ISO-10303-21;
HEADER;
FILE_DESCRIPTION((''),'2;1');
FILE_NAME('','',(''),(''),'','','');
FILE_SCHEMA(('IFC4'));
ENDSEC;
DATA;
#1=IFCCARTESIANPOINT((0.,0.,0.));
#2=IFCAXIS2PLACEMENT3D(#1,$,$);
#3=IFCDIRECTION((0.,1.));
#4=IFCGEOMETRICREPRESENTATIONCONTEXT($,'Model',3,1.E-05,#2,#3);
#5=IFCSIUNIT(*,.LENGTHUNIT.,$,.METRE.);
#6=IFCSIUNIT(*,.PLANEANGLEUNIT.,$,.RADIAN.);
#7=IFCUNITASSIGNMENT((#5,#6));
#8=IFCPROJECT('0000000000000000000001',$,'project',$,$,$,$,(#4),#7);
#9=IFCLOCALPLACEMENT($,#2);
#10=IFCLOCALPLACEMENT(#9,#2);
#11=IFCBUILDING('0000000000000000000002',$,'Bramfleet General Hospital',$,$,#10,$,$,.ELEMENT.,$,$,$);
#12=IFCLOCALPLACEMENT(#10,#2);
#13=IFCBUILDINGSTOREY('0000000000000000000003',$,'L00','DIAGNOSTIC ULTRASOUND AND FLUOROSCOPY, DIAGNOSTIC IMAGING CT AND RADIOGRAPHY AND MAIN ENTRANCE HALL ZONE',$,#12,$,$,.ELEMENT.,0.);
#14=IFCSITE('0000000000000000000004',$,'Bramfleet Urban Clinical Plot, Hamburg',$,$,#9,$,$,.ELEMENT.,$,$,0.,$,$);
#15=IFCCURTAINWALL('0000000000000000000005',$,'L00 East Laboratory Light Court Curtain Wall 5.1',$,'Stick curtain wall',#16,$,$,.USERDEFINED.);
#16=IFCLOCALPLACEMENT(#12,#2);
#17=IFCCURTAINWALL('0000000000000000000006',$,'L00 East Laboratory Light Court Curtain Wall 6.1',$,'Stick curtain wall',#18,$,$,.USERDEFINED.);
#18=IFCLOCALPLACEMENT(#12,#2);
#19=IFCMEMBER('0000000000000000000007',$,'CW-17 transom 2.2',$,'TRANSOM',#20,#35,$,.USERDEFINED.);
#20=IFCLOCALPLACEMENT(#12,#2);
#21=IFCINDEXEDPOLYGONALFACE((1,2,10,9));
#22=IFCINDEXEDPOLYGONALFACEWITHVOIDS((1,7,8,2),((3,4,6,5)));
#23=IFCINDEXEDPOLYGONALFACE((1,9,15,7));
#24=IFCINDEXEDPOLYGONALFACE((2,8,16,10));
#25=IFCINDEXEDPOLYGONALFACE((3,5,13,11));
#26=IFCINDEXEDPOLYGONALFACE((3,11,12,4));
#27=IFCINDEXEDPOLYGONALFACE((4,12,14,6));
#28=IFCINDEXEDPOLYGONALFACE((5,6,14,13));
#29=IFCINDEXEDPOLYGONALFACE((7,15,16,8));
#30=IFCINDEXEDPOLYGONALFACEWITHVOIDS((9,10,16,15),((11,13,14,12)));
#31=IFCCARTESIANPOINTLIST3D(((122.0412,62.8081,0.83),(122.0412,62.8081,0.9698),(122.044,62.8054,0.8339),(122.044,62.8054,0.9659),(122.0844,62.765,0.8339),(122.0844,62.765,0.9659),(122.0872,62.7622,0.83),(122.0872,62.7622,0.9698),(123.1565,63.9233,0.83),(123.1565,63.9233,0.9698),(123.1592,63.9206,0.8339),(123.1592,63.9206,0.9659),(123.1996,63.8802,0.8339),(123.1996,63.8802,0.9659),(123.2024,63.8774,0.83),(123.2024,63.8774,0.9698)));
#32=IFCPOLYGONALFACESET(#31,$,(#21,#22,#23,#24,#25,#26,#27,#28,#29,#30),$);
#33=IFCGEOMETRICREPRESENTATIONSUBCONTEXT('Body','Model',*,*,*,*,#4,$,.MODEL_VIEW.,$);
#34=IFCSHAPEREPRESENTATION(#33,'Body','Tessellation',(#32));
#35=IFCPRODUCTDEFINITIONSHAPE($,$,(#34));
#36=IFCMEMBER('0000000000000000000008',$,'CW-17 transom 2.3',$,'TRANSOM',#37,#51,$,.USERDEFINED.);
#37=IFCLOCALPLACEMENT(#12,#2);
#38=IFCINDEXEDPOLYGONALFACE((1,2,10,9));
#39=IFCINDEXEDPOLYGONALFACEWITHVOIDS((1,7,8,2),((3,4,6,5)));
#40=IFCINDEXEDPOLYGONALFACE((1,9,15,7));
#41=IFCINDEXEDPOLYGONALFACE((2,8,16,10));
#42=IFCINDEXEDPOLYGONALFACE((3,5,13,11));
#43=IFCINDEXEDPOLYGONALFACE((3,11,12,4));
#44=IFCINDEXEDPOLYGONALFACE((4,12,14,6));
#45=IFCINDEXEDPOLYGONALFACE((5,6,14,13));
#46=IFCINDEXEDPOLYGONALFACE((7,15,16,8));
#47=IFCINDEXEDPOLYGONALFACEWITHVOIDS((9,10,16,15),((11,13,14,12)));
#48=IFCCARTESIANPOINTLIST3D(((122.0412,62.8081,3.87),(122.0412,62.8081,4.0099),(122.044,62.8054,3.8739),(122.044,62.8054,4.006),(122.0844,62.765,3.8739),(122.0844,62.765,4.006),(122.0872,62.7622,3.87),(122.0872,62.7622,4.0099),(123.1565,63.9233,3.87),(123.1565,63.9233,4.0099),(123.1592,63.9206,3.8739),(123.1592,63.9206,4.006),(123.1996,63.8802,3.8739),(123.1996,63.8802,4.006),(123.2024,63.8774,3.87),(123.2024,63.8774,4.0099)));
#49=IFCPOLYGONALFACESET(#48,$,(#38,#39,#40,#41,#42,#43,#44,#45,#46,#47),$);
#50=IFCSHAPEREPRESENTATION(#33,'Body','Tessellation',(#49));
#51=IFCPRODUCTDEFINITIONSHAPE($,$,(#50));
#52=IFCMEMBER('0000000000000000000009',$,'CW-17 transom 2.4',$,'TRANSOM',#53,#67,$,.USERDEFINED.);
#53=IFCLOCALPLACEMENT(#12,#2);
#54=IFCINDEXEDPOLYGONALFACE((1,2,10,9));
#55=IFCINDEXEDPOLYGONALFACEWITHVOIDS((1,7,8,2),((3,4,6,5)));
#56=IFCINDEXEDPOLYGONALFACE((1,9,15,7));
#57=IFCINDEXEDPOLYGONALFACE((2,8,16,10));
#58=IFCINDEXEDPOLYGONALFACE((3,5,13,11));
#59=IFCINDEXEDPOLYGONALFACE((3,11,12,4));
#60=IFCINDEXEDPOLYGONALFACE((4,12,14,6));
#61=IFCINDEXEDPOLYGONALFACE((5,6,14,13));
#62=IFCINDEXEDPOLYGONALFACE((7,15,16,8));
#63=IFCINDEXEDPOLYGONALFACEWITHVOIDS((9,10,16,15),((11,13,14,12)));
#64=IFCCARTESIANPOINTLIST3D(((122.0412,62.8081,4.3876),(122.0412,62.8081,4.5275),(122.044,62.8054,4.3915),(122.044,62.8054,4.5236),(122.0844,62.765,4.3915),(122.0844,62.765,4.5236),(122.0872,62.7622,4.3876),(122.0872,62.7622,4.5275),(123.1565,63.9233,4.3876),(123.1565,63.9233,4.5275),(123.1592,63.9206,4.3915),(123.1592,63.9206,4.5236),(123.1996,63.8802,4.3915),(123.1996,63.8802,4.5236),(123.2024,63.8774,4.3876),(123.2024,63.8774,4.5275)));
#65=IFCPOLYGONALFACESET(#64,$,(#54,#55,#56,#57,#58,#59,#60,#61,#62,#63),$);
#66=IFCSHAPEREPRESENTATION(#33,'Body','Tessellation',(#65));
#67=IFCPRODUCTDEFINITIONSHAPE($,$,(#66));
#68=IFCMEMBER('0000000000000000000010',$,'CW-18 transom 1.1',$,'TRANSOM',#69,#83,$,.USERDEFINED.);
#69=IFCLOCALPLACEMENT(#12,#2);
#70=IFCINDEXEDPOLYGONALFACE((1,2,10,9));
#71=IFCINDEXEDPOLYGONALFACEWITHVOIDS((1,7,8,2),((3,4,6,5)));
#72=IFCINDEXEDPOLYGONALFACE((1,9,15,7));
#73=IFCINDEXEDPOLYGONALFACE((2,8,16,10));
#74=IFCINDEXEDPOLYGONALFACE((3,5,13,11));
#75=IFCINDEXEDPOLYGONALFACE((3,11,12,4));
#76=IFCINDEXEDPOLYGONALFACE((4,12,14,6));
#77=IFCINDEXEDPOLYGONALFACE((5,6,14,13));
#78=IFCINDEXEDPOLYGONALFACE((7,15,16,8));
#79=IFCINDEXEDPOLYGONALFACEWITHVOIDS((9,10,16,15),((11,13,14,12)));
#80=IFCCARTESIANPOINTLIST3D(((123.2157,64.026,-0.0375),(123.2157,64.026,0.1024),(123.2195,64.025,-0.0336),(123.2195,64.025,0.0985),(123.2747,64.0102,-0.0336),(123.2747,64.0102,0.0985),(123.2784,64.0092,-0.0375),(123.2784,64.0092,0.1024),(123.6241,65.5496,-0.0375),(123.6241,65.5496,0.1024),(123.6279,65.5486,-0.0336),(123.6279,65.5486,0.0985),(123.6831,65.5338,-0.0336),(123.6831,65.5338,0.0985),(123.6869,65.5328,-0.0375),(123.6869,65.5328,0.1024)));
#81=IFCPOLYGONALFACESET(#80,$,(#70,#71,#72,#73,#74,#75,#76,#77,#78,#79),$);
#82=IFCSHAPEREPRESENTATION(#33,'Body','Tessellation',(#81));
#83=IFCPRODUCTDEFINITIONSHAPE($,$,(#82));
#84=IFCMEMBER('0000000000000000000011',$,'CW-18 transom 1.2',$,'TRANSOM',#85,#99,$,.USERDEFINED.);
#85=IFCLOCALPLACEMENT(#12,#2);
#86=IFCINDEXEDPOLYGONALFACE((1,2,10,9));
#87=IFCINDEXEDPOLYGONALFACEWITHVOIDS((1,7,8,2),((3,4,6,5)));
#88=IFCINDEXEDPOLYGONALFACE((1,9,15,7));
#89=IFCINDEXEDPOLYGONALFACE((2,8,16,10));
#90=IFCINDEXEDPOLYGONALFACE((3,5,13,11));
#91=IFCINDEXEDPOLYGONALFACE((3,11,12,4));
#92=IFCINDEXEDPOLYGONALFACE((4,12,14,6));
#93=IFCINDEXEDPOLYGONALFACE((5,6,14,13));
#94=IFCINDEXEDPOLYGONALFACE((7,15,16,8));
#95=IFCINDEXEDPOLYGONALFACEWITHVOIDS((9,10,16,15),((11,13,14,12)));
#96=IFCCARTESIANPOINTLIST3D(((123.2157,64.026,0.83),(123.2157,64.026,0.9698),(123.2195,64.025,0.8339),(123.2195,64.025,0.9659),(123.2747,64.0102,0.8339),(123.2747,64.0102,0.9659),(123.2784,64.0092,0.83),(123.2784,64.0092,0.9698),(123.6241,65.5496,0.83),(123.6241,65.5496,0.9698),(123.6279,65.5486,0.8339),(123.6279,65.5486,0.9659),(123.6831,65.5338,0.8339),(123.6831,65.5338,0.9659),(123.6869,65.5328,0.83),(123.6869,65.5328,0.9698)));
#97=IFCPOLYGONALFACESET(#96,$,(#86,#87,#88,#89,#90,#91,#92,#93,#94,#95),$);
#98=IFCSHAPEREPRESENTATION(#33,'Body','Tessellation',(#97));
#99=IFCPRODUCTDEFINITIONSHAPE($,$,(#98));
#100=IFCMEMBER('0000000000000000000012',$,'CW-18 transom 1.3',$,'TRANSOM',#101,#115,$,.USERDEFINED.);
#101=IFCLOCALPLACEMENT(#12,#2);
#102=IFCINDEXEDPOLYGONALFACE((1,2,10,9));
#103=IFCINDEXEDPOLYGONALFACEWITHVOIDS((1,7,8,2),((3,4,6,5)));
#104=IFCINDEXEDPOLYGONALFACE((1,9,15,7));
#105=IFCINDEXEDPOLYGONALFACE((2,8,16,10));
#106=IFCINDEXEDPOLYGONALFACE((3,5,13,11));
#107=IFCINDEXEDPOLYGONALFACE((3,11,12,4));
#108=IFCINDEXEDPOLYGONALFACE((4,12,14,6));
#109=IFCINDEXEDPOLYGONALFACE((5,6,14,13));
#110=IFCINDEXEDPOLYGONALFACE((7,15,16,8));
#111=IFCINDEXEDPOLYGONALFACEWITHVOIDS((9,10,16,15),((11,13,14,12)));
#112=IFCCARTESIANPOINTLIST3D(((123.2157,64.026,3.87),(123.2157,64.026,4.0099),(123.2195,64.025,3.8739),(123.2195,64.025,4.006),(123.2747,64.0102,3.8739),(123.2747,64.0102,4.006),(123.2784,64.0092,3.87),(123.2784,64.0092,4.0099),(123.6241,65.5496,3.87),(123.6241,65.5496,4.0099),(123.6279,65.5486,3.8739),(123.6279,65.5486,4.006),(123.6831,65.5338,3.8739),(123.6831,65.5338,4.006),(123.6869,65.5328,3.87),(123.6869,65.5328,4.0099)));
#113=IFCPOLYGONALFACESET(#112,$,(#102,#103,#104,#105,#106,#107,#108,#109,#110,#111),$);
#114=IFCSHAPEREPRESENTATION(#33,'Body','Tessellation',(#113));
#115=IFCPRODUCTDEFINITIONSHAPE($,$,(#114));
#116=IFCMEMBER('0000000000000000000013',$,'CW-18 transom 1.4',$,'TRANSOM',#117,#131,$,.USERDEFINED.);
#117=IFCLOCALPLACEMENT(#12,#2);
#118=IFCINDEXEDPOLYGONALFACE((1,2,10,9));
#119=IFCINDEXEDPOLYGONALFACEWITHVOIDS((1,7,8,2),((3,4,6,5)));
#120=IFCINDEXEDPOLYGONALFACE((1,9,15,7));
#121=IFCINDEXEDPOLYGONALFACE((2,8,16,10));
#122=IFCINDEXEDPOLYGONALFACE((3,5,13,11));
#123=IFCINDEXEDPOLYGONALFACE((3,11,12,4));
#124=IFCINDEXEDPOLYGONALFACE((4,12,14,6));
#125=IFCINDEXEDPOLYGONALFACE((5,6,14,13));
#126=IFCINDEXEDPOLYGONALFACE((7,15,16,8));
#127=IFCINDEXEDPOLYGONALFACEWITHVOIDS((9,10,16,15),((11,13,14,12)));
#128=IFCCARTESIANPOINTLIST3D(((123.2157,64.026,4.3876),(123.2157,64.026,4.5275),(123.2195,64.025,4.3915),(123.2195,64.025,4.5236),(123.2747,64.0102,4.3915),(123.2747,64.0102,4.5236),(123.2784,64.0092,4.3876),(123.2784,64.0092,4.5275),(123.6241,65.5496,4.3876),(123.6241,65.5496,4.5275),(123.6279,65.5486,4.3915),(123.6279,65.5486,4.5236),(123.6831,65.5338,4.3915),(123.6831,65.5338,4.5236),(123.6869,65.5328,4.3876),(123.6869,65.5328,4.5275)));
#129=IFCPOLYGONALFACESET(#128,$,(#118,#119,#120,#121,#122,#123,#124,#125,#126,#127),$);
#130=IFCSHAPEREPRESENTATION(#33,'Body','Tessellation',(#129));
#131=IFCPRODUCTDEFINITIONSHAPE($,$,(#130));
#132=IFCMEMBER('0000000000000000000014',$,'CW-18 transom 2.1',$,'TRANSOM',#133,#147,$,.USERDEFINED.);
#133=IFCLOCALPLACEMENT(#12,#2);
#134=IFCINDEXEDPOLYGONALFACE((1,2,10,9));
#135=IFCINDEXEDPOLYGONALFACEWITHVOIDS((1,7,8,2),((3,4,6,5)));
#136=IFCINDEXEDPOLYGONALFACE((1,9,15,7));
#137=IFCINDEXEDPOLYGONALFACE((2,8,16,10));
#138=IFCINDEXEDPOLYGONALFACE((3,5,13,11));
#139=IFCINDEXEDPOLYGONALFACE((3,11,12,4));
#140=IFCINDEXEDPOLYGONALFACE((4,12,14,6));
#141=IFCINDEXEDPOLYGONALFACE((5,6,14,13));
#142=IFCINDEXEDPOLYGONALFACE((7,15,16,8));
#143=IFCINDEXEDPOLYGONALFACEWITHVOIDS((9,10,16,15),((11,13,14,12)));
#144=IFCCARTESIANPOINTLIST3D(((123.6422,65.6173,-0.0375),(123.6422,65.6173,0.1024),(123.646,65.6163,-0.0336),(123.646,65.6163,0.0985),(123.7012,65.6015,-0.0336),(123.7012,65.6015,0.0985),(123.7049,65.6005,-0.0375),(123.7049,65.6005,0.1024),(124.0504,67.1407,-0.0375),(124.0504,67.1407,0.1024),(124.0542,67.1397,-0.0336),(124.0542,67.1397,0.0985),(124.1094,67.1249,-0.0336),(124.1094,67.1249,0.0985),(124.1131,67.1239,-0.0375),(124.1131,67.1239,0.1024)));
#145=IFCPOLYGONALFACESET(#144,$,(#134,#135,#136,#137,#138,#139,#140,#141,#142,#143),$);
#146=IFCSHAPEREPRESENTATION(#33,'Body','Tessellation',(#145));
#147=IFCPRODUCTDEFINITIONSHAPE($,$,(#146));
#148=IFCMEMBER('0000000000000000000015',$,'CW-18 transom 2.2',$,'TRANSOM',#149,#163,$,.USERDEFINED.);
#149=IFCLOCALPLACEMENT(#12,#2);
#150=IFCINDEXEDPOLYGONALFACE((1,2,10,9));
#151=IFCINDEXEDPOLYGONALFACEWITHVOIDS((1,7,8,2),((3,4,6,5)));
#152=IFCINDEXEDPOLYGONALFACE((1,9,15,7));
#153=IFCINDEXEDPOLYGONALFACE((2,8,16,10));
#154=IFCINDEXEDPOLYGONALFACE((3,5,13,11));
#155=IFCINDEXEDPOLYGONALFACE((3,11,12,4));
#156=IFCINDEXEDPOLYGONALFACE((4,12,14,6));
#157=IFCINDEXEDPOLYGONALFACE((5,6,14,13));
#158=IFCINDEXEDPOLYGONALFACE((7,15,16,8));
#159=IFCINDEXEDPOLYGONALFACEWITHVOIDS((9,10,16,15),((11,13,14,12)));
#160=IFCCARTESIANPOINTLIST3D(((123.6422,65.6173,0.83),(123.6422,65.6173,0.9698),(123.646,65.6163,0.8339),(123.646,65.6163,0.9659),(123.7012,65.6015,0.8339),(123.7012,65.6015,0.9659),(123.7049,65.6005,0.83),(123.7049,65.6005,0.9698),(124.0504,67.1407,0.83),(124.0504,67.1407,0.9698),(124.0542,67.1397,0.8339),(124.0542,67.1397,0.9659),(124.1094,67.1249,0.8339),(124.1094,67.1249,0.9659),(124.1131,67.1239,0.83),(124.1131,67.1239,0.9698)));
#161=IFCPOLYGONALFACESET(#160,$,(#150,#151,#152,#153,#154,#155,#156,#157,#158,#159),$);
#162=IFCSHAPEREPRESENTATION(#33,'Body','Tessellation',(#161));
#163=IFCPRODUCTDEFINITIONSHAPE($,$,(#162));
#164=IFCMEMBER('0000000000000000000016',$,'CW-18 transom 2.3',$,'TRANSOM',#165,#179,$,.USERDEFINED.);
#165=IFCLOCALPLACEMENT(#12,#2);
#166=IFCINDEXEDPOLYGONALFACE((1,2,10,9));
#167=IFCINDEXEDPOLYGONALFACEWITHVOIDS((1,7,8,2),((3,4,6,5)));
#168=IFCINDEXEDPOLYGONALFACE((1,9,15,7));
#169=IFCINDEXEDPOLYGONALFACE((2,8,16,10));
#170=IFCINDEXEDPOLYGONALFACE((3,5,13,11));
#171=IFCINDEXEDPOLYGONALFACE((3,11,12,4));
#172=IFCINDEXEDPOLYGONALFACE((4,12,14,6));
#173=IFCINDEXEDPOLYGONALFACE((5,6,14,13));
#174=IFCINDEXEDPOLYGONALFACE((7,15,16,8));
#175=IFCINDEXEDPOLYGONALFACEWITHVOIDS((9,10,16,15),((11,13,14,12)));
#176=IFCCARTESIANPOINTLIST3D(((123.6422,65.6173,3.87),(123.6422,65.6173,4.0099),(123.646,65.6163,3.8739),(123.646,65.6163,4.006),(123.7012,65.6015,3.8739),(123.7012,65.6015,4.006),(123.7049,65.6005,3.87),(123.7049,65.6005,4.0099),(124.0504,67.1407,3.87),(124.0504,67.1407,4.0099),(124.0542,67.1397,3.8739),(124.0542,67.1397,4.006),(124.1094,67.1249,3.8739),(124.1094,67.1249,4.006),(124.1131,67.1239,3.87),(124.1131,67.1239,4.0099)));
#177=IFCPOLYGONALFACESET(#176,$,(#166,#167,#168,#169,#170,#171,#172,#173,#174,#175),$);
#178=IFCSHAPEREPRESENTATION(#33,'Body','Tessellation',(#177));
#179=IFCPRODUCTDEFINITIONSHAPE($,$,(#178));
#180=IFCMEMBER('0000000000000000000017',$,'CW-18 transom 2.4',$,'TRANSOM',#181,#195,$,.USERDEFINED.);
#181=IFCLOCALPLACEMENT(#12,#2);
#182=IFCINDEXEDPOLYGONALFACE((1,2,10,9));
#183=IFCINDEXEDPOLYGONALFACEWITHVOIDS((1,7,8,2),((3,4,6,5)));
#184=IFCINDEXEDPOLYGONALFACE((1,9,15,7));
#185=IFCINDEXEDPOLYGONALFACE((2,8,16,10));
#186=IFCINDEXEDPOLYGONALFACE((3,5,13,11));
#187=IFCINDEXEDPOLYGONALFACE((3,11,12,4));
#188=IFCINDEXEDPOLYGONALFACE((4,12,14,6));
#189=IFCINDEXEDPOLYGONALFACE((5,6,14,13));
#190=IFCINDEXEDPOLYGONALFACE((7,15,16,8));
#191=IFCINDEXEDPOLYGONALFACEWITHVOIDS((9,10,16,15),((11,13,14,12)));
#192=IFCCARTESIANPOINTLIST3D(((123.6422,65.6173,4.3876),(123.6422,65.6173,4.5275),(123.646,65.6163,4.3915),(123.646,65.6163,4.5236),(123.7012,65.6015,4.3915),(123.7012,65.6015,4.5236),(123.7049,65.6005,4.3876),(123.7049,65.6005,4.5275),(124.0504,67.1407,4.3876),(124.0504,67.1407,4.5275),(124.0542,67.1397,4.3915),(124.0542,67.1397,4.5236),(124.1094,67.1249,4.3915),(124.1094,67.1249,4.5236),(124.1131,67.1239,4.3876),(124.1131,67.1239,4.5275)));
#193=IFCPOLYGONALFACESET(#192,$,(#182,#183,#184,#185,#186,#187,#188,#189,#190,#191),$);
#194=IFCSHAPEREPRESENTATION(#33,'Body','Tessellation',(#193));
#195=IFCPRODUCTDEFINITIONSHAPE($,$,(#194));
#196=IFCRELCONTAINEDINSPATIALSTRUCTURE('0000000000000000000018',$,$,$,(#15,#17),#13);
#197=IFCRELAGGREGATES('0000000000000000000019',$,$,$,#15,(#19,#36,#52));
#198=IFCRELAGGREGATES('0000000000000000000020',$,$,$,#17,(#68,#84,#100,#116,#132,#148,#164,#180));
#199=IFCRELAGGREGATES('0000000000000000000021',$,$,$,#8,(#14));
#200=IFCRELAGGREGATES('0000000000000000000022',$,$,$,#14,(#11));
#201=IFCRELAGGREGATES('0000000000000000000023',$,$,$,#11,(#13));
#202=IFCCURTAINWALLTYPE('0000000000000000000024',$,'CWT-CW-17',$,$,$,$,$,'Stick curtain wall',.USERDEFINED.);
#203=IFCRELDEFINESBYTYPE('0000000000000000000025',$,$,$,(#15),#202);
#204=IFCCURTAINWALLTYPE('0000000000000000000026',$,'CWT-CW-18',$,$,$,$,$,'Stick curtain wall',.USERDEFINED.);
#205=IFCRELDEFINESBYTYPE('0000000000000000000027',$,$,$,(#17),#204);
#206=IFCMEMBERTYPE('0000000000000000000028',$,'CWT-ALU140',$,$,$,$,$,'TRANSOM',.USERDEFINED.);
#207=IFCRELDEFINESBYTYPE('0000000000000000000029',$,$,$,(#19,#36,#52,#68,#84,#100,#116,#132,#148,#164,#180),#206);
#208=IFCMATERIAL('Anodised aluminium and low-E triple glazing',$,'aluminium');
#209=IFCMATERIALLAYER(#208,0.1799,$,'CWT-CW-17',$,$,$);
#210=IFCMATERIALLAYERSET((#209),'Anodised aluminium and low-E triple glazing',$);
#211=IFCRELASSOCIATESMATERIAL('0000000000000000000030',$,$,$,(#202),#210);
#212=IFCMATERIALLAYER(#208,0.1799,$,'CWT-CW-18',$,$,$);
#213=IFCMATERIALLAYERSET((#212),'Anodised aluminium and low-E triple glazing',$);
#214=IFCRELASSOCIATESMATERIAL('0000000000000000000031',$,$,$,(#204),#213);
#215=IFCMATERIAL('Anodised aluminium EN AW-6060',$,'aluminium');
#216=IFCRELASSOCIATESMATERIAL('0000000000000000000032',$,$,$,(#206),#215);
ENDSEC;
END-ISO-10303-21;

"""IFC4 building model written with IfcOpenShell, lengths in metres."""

from ifc_helpers import new_model, si_unit, direction, frame, origin, origin_2d, place, context, subcontext, project, spatial, hollow_rectangle, extrude, material, layer, layer_set, material_profile, profile_set, type_object, element, aggregate, save


model = new_model("IFC4")

# Units and contexts
model_context = context("Model", 3, precision=1e-05, world=origin(), true_north=direction((0.0, 1.0)))
body_context = subcontext(model_context, "Body", "Model", "MODEL_VIEW")
ifc_project = project(units=[si_unit("LENGTHUNIT", "METRE"), si_unit("PLANEANGLEUNIT", "RADIAN")], contexts=[model_context])

# Site, building, storey
site_placement = place(None, origin())
site = spatial("IfcSite", under=ifc_project, at=site_placement, Name="Bramfleet Urban Clinical Plot, Hamburg", CompositionType="ELEMENT", RefElevation=0.0)
building_placement = place(site_placement, origin())
building = spatial("IfcBuilding", under=site, at=building_placement, Name="Bramfleet General Hospital", CompositionType="ELEMENT")
storey_placement = place(building_placement, origin())
storey = spatial("IfcBuildingStorey", under=building, at=storey_placement, Name="L00", Description="DIAGNOSTIC ULTRASOUND AND FLUOROSCOPY, DIAGNOSTIC IMAGING CT AND RADIOGRAPHY AND MAIN ENTRANCE HALL ZONE", CompositionType="ELEMENT", Elevation=0.0)

# Curtain walls
ifc_material_1 = material(Name="Anodised aluminium and low-E triple glazing", Category="aluminium")
ifc_layer_1 = layer(ifc_material_1, 0.1799, Name="CWT-CW-17")
ifc_layer_set_1 = layer_set([ifc_layer_1], Name="Anodised aluminium and low-E triple glazing")
curtain_wall_type_1 = type_object("IfcCurtainWallType", Name="CWT-CW-17", ElementType="Stick curtain wall", PredefinedType="USERDEFINED", material=ifc_layer_set_1)
curtain_wall_1_placement = place(storey_placement, origin())
curtain_wall_1 = element("IfcCurtainWall", 1, at=curtain_wall_1_placement, inside=storey, type_object=curtain_wall_type_1, Name="L00 East Laboratory Light Court Curtain Wall 5.1", ObjectType="Stick curtain wall", PredefinedType="USERDEFINED")
ifc_material_2 = material(Name="Anodised aluminium EN AW-6060", Category="aluminium")
ifc_layer_2 = layer(ifc_material_1, 0.1799, Name="CWT-CW-18")
ifc_layer_set_2 = layer_set([ifc_layer_2], Name="Anodised aluminium and low-E triple glazing")
curtain_wall_type_2 = type_object("IfcCurtainWallType", Name="CWT-CW-18", ElementType="Stick curtain wall", PredefinedType="USERDEFINED", material=ifc_layer_set_2)
curtain_wall_2_placement = place(storey_placement, origin())
curtain_wall_2 = element("IfcCurtainWall", 2, at=curtain_wall_2_placement, inside=storey, type_object=curtain_wall_type_2, Name="L00 East Laboratory Light Court Curtain Wall 6.1", ObjectType="Stick curtain wall", PredefinedType="USERDEFINED")

# Members
ifc_material_profile_1 = material_profile(ifc_material_2, hollow_rectangle(XDim=0.0649, YDim=0.1399, WallThickness=0.0039, at=origin_2d()), Name="ALU 140x65x4.0")
ifc_profile_set_1 = profile_set([ifc_material_profile_1], Name="Anodised aluminium EN AW-6060")
member_type_1 = type_object("IfcMemberType", Name="CWT-ALU140", ElementType="TRANSOM", PredefinedType="USERDEFINED", material=ifc_profile_set_1)
member_1_placement = place(storey_placement, frame((122.0642, 62.7852, 0.8999), z_axis=(0.707107, 0.707107, 0.0), x_axis=(-0.707107, 0.707107, 0.0)))
member_1 = element("IfcMember", 3, at=member_1_placement, type_object=member_type_1, Name="CW-17 transom 2.2", ObjectType="TRANSOM", PredefinedType="USERDEFINED", context=body_context, shape_type="SweptSolid", body=[
    extrude(hollow_rectangle(XDim=0.0649, YDim=0.1399, WallThickness=0.0039, at=origin_2d()), origin(), (0.0, 0.0, 1.0), 1.5771),
])
member_2_placement = place(storey_placement, frame((122.0642, 62.7852, 3.9399), z_axis=(0.707107, 0.707107, 0.0), x_axis=(-0.707107, 0.707107, 0.0)))
member_2 = element("IfcMember", 4, at=member_2_placement, type_object=member_type_1, Name="CW-17 transom 2.3", ObjectType="TRANSOM", PredefinedType="USERDEFINED", context=body_context, shape_type="SweptSolid", body=[
    extrude(hollow_rectangle(XDim=0.0649, YDim=0.1399, WallThickness=0.0039, at=origin_2d()), origin(), (0.0, 0.0, 1.0), 1.5771),
])
member_3_placement = place(storey_placement, frame((122.0642, 62.7852, 4.4575), z_axis=(0.707107, 0.707107, 0.0), x_axis=(-0.707107, 0.707107, 0.0)))
member_3 = element("IfcMember", 5, at=member_3_placement, type_object=member_type_1, Name="CW-17 transom 2.4", ObjectType="TRANSOM", PredefinedType="USERDEFINED", context=body_context, shape_type="SweptSolid", body=[
    extrude(hollow_rectangle(XDim=0.0649, YDim=0.1399, WallThickness=0.0039, at=origin_2d()), origin(), (0.0, 0.0, 1.0), 1.5771),
])
member_4_placement = place(storey_placement, frame((123.2471, 64.0176, 0.0325), z_axis=(0.258924, 0.965898, 0.0), x_axis=(-0.965898, 0.258924, 0.0)))
member_4 = element("IfcMember", 6, at=member_4_placement, type_object=member_type_1, Name="CW-18 transom 1.1", ObjectType="TRANSOM", PredefinedType="USERDEFINED", context=body_context, shape_type="SweptSolid", body=[
    extrude(hollow_rectangle(XDim=0.0649, YDim=0.1399, WallThickness=0.0039, at=origin_2d()), origin(), (0.0, 0.0, 1.0), 1.5774),
])
member_5_placement = place(storey_placement, frame((123.2471, 64.0176, 0.8999), z_axis=(0.258924, 0.965898, 0.0), x_axis=(-0.965898, 0.258924, 0.0)))
member_5 = element("IfcMember", 7, at=member_5_placement, type_object=member_type_1, Name="CW-18 transom 1.2", ObjectType="TRANSOM", PredefinedType="USERDEFINED", context=body_context, shape_type="SweptSolid", body=[
    extrude(hollow_rectangle(XDim=0.0649, YDim=0.1399, WallThickness=0.0039, at=origin_2d()), origin(), (0.0, 0.0, 1.0), 1.5774),
])
member_6_placement = place(storey_placement, frame((123.2471, 64.0176, 3.9399), z_axis=(0.258924, 0.965898, 0.0), x_axis=(-0.965898, 0.258924, 0.0)))
member_6 = element("IfcMember", 8, at=member_6_placement, type_object=member_type_1, Name="CW-18 transom 1.3", ObjectType="TRANSOM", PredefinedType="USERDEFINED", context=body_context, shape_type="SweptSolid", body=[
    extrude(hollow_rectangle(XDim=0.0649, YDim=0.1399, WallThickness=0.0039, at=origin_2d()), origin(), (0.0, 0.0, 1.0), 1.5774),
])
member_7_placement = place(storey_placement, frame((123.2471, 64.0176, 4.4575), z_axis=(0.258924, 0.965898, 0.0), x_axis=(-0.965898, 0.258924, 0.0)))
member_7 = element("IfcMember", 9, at=member_7_placement, type_object=member_type_1, Name="CW-18 transom 1.4", ObjectType="TRANSOM", PredefinedType="USERDEFINED", context=body_context, shape_type="SweptSolid", body=[
    extrude(hollow_rectangle(XDim=0.0649, YDim=0.1399, WallThickness=0.0039, at=origin_2d()), origin(), (0.0, 0.0, 1.0), 1.5774),
])
member_8_placement = place(storey_placement, frame((123.6736, 65.6089, 0.0325), z_axis=(0.258819, 0.965926, 0.0), x_axis=(-0.965926, 0.258819, 0.0)))
member_8 = element("IfcMember", 10, at=member_8_placement, type_object=member_type_1, Name="CW-18 transom 2.1", ObjectType="TRANSOM", PredefinedType="USERDEFINED", context=body_context, shape_type="SweptSolid", body=[
    extrude(hollow_rectangle(XDim=0.0649, YDim=0.1399, WallThickness=0.0039, at=origin_2d()), origin(), (0.0, 0.0, 1.0), 1.5771),
])
member_9_placement = place(storey_placement, frame((123.6736, 65.6089, 0.8999), z_axis=(0.258819, 0.965926, 0.0), x_axis=(-0.965926, 0.258819, 0.0)))
member_9 = element("IfcMember", 11, at=member_9_placement, type_object=member_type_1, Name="CW-18 transom 2.2", ObjectType="TRANSOM", PredefinedType="USERDEFINED", context=body_context, shape_type="SweptSolid", body=[
    extrude(hollow_rectangle(XDim=0.0649, YDim=0.1399, WallThickness=0.0039, at=origin_2d()), origin(), (0.0, 0.0, 1.0), 1.5771),
])
member_10_placement = place(storey_placement, frame((123.6736, 65.6089, 3.9399), z_axis=(0.258819, 0.965926, 0.0), x_axis=(-0.965926, 0.258819, 0.0)))
member_10 = element("IfcMember", 12, at=member_10_placement, type_object=member_type_1, Name="CW-18 transom 2.3", ObjectType="TRANSOM", PredefinedType="USERDEFINED", context=body_context, shape_type="SweptSolid", body=[
    extrude(hollow_rectangle(XDim=0.0649, YDim=0.1399, WallThickness=0.0039, at=origin_2d()), origin(), (0.0, 0.0, 1.0), 1.5771),
])
member_11_placement = place(storey_placement, frame((123.6736, 65.6089, 4.4575), z_axis=(0.258819, 0.965926, 0.0), x_axis=(-0.965926, 0.258819, 0.0)))
member_11 = element("IfcMember", 13, at=member_11_placement, type_object=member_type_1, Name="CW-18 transom 2.4", ObjectType="TRANSOM", PredefinedType="USERDEFINED", context=body_context, shape_type="SweptSolid", body=[
    extrude(hollow_rectangle(XDim=0.0649, YDim=0.1399, WallThickness=0.0039, at=origin_2d()), origin(), (0.0, 0.0, 1.0), 1.5771),
])

aggregate(curtain_wall_1, [member_1, member_2, member_3])
aggregate(curtain_wall_2, [member_4, member_5, member_6, member_7, member_8, member_9, member_10, member_11])

save(model, "model.ifc")
